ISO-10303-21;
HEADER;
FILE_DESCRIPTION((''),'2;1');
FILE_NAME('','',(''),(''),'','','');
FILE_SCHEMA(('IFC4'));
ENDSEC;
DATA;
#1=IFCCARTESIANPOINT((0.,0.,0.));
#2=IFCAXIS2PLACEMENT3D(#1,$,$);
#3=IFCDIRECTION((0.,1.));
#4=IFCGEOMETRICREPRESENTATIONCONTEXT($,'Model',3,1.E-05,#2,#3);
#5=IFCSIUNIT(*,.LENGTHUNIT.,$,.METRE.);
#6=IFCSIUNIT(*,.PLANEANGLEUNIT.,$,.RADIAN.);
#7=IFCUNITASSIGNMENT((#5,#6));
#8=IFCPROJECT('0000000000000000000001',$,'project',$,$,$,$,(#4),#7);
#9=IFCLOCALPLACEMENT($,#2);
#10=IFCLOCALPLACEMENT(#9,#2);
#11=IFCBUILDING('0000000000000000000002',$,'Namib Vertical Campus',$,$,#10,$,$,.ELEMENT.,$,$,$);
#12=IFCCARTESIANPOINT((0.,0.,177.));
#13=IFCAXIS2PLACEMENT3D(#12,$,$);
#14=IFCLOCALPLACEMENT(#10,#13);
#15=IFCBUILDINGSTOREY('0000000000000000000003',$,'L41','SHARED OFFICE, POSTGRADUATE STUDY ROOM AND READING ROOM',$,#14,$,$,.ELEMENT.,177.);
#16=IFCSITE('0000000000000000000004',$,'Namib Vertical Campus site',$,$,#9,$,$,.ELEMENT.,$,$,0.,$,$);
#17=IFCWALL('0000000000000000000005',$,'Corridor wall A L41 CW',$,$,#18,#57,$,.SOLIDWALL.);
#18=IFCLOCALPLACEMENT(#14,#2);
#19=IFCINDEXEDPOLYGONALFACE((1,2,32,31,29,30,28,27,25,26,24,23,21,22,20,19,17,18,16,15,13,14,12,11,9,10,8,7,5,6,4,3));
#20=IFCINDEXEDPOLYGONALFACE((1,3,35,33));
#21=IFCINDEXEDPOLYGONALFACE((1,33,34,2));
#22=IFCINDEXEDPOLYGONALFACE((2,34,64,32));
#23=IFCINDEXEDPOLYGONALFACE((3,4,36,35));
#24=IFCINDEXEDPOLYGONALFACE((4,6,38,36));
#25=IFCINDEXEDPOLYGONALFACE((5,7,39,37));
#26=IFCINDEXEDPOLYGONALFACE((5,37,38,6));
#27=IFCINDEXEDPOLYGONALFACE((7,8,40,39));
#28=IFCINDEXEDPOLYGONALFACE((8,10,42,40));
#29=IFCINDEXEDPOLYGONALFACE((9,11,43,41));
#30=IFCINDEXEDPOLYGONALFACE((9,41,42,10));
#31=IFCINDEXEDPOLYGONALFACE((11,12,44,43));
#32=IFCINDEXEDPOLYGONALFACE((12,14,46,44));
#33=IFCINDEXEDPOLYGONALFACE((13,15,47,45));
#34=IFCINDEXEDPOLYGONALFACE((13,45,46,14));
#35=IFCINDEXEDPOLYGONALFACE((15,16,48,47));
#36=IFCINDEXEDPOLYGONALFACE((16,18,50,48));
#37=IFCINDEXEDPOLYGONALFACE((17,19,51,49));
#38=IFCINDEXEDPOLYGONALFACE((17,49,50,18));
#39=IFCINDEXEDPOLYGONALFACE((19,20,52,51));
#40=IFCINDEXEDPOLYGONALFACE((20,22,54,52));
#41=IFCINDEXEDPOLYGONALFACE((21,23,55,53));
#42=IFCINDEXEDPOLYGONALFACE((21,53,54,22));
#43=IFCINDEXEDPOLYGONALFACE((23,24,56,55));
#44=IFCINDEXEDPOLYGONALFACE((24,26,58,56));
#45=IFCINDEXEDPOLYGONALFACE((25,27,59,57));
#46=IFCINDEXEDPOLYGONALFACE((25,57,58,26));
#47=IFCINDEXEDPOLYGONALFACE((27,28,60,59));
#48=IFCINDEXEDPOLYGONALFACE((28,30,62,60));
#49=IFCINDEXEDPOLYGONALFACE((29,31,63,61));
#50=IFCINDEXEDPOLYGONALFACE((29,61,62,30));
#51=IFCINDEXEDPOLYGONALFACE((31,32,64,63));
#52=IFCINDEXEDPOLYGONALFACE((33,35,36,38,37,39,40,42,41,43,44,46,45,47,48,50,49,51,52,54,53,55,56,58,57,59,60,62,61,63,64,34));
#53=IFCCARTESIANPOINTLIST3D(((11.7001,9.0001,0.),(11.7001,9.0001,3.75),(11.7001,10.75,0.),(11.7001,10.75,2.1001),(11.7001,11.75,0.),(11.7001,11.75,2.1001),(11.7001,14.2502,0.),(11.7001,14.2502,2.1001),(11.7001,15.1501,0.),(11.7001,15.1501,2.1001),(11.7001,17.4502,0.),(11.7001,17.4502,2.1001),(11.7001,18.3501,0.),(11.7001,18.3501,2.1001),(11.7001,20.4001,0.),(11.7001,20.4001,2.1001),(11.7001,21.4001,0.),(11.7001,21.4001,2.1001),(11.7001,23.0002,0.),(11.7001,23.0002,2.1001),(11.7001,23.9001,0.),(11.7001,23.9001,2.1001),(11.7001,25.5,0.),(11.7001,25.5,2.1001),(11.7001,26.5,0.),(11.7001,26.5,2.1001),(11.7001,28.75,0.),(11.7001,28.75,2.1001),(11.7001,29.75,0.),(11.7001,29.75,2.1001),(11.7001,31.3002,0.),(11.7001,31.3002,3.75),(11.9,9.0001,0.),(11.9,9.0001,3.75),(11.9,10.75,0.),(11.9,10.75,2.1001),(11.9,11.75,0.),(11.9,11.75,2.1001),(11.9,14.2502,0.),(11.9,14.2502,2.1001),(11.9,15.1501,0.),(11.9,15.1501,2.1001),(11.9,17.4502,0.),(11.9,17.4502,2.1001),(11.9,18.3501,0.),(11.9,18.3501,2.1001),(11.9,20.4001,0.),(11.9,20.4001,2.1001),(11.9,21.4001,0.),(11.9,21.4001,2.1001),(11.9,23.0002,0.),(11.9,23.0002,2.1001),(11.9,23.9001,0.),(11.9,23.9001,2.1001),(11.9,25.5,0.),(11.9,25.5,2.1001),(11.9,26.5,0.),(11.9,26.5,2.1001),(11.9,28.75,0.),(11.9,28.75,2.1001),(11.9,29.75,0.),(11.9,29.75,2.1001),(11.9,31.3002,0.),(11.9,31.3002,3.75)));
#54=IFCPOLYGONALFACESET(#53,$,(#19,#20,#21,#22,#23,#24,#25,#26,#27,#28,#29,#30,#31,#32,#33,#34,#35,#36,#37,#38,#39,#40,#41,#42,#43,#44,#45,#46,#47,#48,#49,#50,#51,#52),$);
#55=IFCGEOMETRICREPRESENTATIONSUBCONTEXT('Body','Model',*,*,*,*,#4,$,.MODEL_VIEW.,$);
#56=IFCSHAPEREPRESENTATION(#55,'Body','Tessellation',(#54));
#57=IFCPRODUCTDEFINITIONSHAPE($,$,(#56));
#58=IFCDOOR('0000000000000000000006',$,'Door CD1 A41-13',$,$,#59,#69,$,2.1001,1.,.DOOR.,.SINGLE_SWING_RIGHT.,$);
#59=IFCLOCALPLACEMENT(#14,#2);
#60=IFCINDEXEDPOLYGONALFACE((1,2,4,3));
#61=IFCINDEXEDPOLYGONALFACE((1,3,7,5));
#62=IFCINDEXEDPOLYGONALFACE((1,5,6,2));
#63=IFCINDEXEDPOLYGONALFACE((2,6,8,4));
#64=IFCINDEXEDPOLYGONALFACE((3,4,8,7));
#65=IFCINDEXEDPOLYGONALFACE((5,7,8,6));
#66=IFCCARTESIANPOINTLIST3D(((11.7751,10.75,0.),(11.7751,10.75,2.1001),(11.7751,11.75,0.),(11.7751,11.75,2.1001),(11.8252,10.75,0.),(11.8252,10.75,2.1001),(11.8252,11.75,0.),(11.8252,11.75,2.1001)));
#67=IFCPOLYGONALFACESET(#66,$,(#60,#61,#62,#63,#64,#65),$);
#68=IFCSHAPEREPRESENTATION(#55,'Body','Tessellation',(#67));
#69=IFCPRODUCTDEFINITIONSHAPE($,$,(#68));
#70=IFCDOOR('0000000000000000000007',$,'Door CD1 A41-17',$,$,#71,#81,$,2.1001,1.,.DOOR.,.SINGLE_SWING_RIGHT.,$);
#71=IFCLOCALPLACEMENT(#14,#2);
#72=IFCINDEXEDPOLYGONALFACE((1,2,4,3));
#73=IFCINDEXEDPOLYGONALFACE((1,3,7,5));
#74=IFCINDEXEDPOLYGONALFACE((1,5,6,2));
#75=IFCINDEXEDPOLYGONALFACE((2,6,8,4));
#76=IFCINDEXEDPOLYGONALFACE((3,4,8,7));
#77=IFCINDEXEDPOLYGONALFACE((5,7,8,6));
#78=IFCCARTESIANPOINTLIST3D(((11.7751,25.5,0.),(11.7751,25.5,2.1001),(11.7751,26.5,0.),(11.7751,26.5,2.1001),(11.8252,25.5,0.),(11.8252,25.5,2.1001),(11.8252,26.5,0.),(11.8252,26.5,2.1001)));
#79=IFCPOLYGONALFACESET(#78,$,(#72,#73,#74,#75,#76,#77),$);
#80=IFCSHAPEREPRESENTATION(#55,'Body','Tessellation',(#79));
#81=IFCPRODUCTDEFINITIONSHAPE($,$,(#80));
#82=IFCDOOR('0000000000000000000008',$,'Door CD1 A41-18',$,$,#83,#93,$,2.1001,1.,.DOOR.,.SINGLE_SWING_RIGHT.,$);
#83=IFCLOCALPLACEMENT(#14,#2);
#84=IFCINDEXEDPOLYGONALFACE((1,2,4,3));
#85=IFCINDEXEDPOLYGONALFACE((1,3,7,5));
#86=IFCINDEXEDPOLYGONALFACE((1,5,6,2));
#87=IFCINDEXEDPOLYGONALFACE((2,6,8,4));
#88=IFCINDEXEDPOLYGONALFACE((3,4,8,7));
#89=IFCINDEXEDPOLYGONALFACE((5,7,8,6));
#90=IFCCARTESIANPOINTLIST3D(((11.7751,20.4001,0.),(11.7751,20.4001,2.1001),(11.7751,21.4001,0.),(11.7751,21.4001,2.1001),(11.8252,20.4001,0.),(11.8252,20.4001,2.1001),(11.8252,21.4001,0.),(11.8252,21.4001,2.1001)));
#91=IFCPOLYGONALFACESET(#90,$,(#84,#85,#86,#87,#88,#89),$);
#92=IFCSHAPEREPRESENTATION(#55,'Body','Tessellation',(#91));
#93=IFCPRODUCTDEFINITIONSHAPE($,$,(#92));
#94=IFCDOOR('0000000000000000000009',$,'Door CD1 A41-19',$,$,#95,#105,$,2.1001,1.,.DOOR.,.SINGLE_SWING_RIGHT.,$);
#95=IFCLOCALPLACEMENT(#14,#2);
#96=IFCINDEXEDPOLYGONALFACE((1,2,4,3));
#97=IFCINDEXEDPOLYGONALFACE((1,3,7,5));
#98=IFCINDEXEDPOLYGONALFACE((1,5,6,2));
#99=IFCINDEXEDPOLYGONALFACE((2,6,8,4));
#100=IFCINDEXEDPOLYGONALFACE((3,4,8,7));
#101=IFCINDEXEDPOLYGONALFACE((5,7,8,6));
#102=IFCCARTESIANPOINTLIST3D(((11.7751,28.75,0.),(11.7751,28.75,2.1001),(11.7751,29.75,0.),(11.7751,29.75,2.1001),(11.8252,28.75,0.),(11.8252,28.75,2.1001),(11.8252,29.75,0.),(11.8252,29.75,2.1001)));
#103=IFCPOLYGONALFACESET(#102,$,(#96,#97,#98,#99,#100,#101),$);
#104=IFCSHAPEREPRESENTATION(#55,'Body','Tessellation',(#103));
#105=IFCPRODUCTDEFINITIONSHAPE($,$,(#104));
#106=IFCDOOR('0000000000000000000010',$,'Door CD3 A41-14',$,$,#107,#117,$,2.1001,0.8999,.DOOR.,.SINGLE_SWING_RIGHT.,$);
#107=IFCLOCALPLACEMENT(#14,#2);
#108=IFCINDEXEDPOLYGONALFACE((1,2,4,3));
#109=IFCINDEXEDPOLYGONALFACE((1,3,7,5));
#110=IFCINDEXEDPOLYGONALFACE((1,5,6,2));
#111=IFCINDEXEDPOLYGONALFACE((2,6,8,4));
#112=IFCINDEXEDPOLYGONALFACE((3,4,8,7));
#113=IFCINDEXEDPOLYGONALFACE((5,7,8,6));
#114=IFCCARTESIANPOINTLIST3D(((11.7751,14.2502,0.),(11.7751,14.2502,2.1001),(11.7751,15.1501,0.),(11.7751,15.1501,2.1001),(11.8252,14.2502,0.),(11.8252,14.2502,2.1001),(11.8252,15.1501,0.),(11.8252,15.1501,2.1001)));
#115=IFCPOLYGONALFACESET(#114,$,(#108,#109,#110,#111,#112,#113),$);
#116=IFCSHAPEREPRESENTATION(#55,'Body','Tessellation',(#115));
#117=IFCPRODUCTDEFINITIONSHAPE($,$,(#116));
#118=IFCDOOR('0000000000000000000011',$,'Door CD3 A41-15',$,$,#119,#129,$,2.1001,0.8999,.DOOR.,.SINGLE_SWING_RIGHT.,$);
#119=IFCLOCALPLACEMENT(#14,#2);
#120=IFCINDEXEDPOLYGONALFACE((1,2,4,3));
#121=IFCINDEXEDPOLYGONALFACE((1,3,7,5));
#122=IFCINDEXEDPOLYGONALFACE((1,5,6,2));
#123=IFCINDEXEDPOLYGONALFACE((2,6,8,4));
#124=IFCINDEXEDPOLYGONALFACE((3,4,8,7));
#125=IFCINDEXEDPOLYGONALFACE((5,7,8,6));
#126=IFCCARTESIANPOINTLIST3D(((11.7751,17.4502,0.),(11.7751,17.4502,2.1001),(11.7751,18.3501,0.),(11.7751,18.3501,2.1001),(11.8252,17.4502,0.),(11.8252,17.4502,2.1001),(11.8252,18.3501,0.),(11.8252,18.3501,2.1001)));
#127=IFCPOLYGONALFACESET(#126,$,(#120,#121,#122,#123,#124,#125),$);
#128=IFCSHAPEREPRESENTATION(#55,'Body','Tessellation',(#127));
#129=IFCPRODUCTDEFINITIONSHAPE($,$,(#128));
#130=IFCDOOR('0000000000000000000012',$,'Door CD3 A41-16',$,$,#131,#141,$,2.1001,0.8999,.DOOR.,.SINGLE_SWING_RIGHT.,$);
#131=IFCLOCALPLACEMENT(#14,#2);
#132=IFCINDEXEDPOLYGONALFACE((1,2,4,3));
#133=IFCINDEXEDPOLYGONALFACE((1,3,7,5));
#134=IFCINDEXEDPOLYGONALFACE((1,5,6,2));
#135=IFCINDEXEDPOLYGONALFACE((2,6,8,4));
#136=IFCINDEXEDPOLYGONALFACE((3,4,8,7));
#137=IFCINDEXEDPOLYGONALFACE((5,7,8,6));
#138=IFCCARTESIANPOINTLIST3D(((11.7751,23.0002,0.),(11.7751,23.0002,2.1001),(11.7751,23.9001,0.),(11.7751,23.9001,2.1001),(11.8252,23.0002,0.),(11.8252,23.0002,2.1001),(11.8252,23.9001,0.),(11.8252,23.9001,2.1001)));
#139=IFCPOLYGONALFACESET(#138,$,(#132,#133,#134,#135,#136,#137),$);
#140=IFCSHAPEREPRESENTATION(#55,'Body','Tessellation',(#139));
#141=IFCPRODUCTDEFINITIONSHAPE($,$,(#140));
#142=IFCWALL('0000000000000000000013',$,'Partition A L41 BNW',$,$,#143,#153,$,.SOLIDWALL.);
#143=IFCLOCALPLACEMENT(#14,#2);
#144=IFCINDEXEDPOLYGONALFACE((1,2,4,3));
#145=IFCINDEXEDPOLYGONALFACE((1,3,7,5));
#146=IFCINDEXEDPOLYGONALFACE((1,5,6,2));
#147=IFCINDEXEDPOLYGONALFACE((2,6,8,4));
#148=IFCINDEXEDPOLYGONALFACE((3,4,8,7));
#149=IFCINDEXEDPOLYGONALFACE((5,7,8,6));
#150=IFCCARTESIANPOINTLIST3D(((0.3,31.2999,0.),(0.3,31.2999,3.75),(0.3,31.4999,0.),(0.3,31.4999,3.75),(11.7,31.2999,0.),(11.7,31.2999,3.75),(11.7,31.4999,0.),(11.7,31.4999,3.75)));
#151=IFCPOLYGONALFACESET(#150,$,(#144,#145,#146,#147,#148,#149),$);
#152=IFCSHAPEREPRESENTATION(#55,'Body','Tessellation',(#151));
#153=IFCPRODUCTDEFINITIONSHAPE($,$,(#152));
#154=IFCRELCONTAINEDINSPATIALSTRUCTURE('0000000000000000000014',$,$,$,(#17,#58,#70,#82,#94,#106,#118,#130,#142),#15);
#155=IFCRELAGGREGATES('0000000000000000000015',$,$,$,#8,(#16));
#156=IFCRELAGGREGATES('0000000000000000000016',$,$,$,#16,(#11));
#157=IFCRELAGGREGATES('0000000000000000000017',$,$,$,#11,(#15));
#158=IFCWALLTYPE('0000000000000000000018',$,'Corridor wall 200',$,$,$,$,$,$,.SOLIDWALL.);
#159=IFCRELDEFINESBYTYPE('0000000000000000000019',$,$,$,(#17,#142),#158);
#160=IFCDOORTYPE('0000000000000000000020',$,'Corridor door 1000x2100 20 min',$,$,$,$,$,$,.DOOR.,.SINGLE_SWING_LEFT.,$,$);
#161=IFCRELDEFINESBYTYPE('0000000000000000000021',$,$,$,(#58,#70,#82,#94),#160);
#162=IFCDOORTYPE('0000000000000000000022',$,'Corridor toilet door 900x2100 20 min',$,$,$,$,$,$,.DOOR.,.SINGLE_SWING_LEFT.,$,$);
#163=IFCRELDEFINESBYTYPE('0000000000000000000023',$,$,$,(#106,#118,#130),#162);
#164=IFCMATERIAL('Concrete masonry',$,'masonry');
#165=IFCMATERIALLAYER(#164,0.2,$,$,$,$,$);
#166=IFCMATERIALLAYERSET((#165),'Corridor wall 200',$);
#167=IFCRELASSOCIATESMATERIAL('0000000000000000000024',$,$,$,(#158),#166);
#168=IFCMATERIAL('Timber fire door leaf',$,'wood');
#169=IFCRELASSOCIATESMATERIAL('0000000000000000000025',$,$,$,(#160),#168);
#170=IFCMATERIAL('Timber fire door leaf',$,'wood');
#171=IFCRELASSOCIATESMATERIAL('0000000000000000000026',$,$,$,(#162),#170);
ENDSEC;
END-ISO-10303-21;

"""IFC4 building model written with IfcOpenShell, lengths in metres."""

from ifc_helpers import new_model, si_unit, direction, frame, frame_2d, origin, place, context, subcontext, project, spatial, rectangle, extrude, material, layer, layer_set, type_object, element, fill, save


model = new_model("IFC4")

# Units and contexts
model_context = context("Model", 3, precision=1e-05, world=origin(), true_north=direction((0.0, 1.0)))
body_context = subcontext(model_context, "Body", "Model", "MODEL_VIEW")
ifc_project = project(units=[si_unit("LENGTHUNIT", "METRE"), si_unit("PLANEANGLEUNIT", "RADIAN")], contexts=[model_context])

# Site, building, storey
site_placement = place(None, origin())
site = spatial("IfcSite", under=ifc_project, at=site_placement, Name="Namib Vertical Campus site", CompositionType="ELEMENT", RefElevation=0.0)
building_placement = place(site_placement, origin())
building = spatial("IfcBuilding", under=site, at=building_placement, Name="Namib Vertical Campus", CompositionType="ELEMENT")
storey_placement = place(building_placement, frame((0.0, 0.0, 177.0)))
storey = spatial("IfcBuildingStorey", under=building, at=storey_placement, Name="L41", Description="SHARED OFFICE, POSTGRADUATE STUDY ROOM AND READING ROOM", CompositionType="ELEMENT", Elevation=177.0)

# Wall, openings, doors
ifc_material_1 = material(Name="Concrete masonry", Category="masonry")
ifc_layer_1 = layer(ifc_material_1, 0.2)
ifc_layer_set_1 = layer_set([ifc_layer_1], Name="Corridor wall 200")
wall_type_1 = type_object("IfcWallType", Name="Corridor wall 200", PredefinedType="SOLIDWALL", material=ifc_layer_set_1)
wall_1_placement = place(storey_placement, frame((11.8, 31.3, 0.0), z_axis=(0.0, 0.0, 1.0), x_axis=(0.0, -1.0, 0.0)))
wall_1 = element("IfcWall", 1, at=wall_1_placement, inside=storey, type_object=wall_type_1, Name="Corridor wall A L41 CW", PredefinedType="SOLIDWALL", context=body_context, shape_type="SweptSolid", body=[
    extrude(rectangle(XDim=22.3, YDim=0.2, at=frame_2d((11.1499, 0.0))), origin(), (0.0, 0.0, 1.0), 3.75),
])
opening_1_placement = place(wall_1_placement, frame((19.55, 0.0, 0.0)))
opening_1 = element("IfcOpeningElement", 2, at=opening_1_placement, cuts=wall_1, PredefinedType="OPENING", context=body_context, shape_type="SweptSolid", body=[
    extrude(rectangle(XDim=1.0, YDim=2.1001, at=frame_2d((0.5, 1.05))), frame((0.0, 0.1099, 0.0), z_axis=(0.0, -1.0, 0.0), x_axis=(1.0, 0.0, 0.0)), (0.0, 0.0, 1.0), 0.22),
])
opening_2_placement = place(wall_1_placement, frame((16.1499, 0.0, 0.0)))
opening_2 = element("IfcOpeningElement", 3, at=opening_2_placement, cuts=wall_1, PredefinedType="OPENING", context=body_context, shape_type="SweptSolid", body=[
    extrude(rectangle(XDim=0.8999, YDim=2.1001, at=frame_2d((0.45, 1.05))), frame((0.0, 0.1099, 0.0), z_axis=(0.0, -1.0, 0.0), x_axis=(1.0, 0.0, 0.0)), (0.0, 0.0, 1.0), 0.22),
])
opening_3_placement = place(wall_1_placement, frame((12.95, 0.0, 0.0)))
opening_3 = element("IfcOpeningElement", 4, at=opening_3_placement, cuts=wall_1, PredefinedType="OPENING", context=body_context, shape_type="SweptSolid", body=[
    extrude(rectangle(XDim=0.8999, YDim=2.1001, at=frame_2d((0.45, 1.05))), frame((0.0, 0.1099, 0.0), z_axis=(0.0, -1.0, 0.0), x_axis=(1.0, 0.0, 0.0)), (0.0, 0.0, 1.0), 0.22),
])
opening_4_placement = place(wall_1_placement, frame((7.3999, 0.0, 0.0)))
opening_4 = element("IfcOpeningElement", 5, at=opening_4_placement, cuts=wall_1, PredefinedType="OPENING", context=body_context, shape_type="SweptSolid", body=[
    extrude(rectangle(XDim=0.8999, YDim=2.1001, at=frame_2d((0.45, 1.05))), frame((0.0, 0.1099, 0.0), z_axis=(0.0, -1.0, 0.0), x_axis=(1.0, 0.0, 0.0)), (0.0, 0.0, 1.0), 0.22),
])
opening_5_placement = place(wall_1_placement, frame((4.8, 0.0, 0.0)))
opening_5 = element("IfcOpeningElement", 6, at=opening_5_placement, cuts=wall_1, PredefinedType="OPENING", context=body_context, shape_type="SweptSolid", body=[
    extrude(rectangle(XDim=1.0, YDim=2.1001, at=frame_2d((0.5, 1.05))), frame((0.0, 0.1099, 0.0), z_axis=(0.0, -1.0, 0.0), x_axis=(1.0, 0.0, 0.0)), (0.0, 0.0, 1.0), 0.22),
])
opening_6_placement = place(wall_1_placement, frame((9.8999, 0.0, 0.0)))
opening_6 = element("IfcOpeningElement", 7, at=opening_6_placement, cuts=wall_1, PredefinedType="OPENING", context=body_context, shape_type="SweptSolid", body=[
    extrude(rectangle(XDim=1.0, YDim=2.1001, at=frame_2d((0.5, 1.05))), frame((0.0, 0.1099, 0.0), z_axis=(0.0, -1.0, 0.0), x_axis=(1.0, 0.0, 0.0)), (0.0, 0.0, 1.0), 0.22),
])
opening_7_placement = place(wall_1_placement, frame((1.55, 0.0, 0.0)))
opening_7 = element("IfcOpeningElement", 8, at=opening_7_placement, cuts=wall_1, PredefinedType="OPENING", context=body_context, shape_type="SweptSolid", body=[
    extrude(rectangle(XDim=1.0, YDim=2.1001, at=frame_2d((0.5, 1.05))), frame((0.0, 0.1099, 0.0), z_axis=(0.0, -1.0, 0.0), x_axis=(1.0, 0.0, 0.0)), (0.0, 0.0, 1.0), 0.22),
])
ifc_material_2 = material(Name="Timber fire door leaf", Category="wood")
door_type_1 = type_object("IfcDoorType", Name="Corridor door 1000x2100 20 min", OperationType="SINGLE_SWING_LEFT", PredefinedType="DOOR", material=ifc_material_2)
door_1_placement = place(opening_1_placement, frame((1.0, 0.0, 0.0), z_axis=(0.0, 0.0, 1.0), x_axis=(-1.0, 0.0, 0.0)))
door_1 = element("IfcDoor", 9, at=door_1_placement, inside=storey, type_object=door_type_1, Name="Door CD1 A41-13", OperationType="SINGLE_SWING_RIGHT", OverallHeight=2.1001, OverallWidth=1.0, PredefinedType="DOOR", context=body_context, shape_type="SweptSolid", body=[
    extrude(rectangle(XDim=1.0, YDim=2.1001, at=frame_2d((0.5, 1.05))), frame((0.0, 0.0249, 0.0), z_axis=(0.0, -1.0, 0.0), x_axis=(1.0, 0.0, 0.0)), (0.0, 0.0, 1.0), 0.05),
])
fill(opening_1, door_1)
door_2_placement = place(opening_5_placement, frame((1.0, 0.0, 0.0), z_axis=(0.0, 0.0, 1.0), x_axis=(-1.0, 0.0, 0.0)))
door_2 = element("IfcDoor", 10, at=door_2_placement, inside=storey, type_object=door_type_1, Name="Door CD1 A41-17", OperationType="SINGLE_SWING_RIGHT", OverallHeight=2.1001, OverallWidth=1.0, PredefinedType="DOOR", context=body_context, shape_type="SweptSolid", body=[
    extrude(rectangle(XDim=1.0, YDim=2.1001, at=frame_2d((0.5, 1.05))), frame((0.0, 0.0249, 0.0), z_axis=(0.0, -1.0, 0.0), x_axis=(1.0, 0.0, 0.0)), (0.0, 0.0, 1.0), 0.05),
])
fill(opening_5, door_2)
door_3_placement = place(opening_6_placement, frame((1.0, 0.0, 0.0), z_axis=(0.0, 0.0, 1.0), x_axis=(-1.0, 0.0, 0.0)))
door_3 = element("IfcDoor", 11, at=door_3_placement, inside=storey, type_object=door_type_1, Name="Door CD1 A41-18", OperationType="SINGLE_SWING_RIGHT", OverallHeight=2.1001, OverallWidth=1.0, PredefinedType="DOOR", context=body_context, shape_type="SweptSolid", body=[
    extrude(rectangle(XDim=1.0, YDim=2.1001, at=frame_2d((0.5, 1.05))), frame((0.0, 0.0249, 0.0), z_axis=(0.0, -1.0, 0.0), x_axis=(1.0, 0.0, 0.0)), (0.0, 0.0, 1.0), 0.05),
])
fill(opening_6, door_3)
door_4_placement = place(opening_7_placement, frame((1.0, 0.0, 0.0), z_axis=(0.0, 0.0, 1.0), x_axis=(-1.0, 0.0, 0.0)))
door_4 = element("IfcDoor", 12, at=door_4_placement, inside=storey, type_object=door_type_1, Name="Door CD1 A41-19", OperationType="SINGLE_SWING_RIGHT", OverallHeight=2.1001, OverallWidth=1.0, PredefinedType="DOOR", context=body_context, shape_type="SweptSolid", body=[
    extrude(rectangle(XDim=1.0, YDim=2.1001, at=frame_2d((0.5, 1.05))), frame((0.0, 0.0249, 0.0), z_axis=(0.0, -1.0, 0.0), x_axis=(1.0, 0.0, 0.0)), (0.0, 0.0, 1.0), 0.05),
])
fill(opening_7, door_4)
ifc_material_3 = material(Name="Timber fire door leaf", Category="wood")
door_type_2 = type_object("IfcDoorType", Name="Corridor toilet door 900x2100 20 min", OperationType="SINGLE_SWING_LEFT", PredefinedType="DOOR", material=ifc_material_3)
door_5_placement = place(opening_2_placement, frame((0.8999, 0.0, 0.0), z_axis=(0.0, 0.0, 1.0), x_axis=(-1.0, 0.0, 0.0)))
door_5 = element("IfcDoor", 13, at=door_5_placement, inside=storey, type_object=door_type_2, Name="Door CD3 A41-14", OperationType="SINGLE_SWING_RIGHT", OverallHeight=2.1001, OverallWidth=0.8999, PredefinedType="DOOR", context=body_context, shape_type="SweptSolid", body=[
    extrude(rectangle(XDim=0.8999, YDim=2.1001, at=frame_2d((0.45, 1.05))), frame((0.0, 0.0249, 0.0), z_axis=(0.0, -1.0, 0.0), x_axis=(1.0, 0.0, 0.0)), (0.0, 0.0, 1.0), 0.05),
])
fill(opening_2, door_5)
door_6_placement = place(opening_3_placement, frame((0.8999, 0.0, 0.0), z_axis=(0.0, 0.0, 1.0), x_axis=(-1.0, 0.0, 0.0)))
door_6 = element("IfcDoor", 14, at=door_6_placement, inside=storey, type_object=door_type_2, Name="Door CD3 A41-15", OperationType="SINGLE_SWING_RIGHT", OverallHeight=2.1001, OverallWidth=0.8999, PredefinedType="DOOR", context=body_context, shape_type="SweptSolid", body=[
    extrude(rectangle(XDim=0.8999, YDim=2.1001, at=frame_2d((0.45, 1.05))), frame((0.0, 0.0249, 0.0), z_axis=(0.0, -1.0, 0.0), x_axis=(1.0, 0.0, 0.0)), (0.0, 0.0, 1.0), 0.05),
])
fill(opening_3, door_6)
door_7_placement = place(opening_4_placement, frame((0.8999, 0.0, 0.0), z_axis=(0.0, 0.0, 1.0), x_axis=(-1.0, 0.0, 0.0)))
door_7 = element("IfcDoor", 15, at=door_7_placement, inside=storey, type_object=door_type_2, Name="Door CD3 A41-16", OperationType="SINGLE_SWING_RIGHT", OverallHeight=2.1001, OverallWidth=0.8999, PredefinedType="DOOR", context=body_context, shape_type="SweptSolid", body=[
    extrude(rectangle(XDim=0.8999, YDim=2.1001, at=frame_2d((0.45, 1.05))), frame((0.0, 0.0249, 0.0), z_axis=(0.0, -1.0, 0.0), x_axis=(1.0, 0.0, 0.0)), (0.0, 0.0, 1.0), 0.05),
])
fill(opening_4, door_7)

# Wall
wall_2_placement = place(storey_placement, frame((0.3, 31.3999, 0.0), z_axis=(0.0, 0.0, 1.0), x_axis=(1.0, 0.0, 0.0)))
element("IfcWall", 16, at=wall_2_placement, inside=storey, type_object=wall_type_1, Name="Partition A L41 BNW", PredefinedType="SOLIDWALL", context=body_context, shape_type="SweptSolid", body=[
    extrude(rectangle(XDim=11.3999, YDim=0.2, at=frame_2d((5.7, 0.0))), origin(), (0.0, 0.0, 1.0), 3.75),
])

save(model, "model.ifc")
